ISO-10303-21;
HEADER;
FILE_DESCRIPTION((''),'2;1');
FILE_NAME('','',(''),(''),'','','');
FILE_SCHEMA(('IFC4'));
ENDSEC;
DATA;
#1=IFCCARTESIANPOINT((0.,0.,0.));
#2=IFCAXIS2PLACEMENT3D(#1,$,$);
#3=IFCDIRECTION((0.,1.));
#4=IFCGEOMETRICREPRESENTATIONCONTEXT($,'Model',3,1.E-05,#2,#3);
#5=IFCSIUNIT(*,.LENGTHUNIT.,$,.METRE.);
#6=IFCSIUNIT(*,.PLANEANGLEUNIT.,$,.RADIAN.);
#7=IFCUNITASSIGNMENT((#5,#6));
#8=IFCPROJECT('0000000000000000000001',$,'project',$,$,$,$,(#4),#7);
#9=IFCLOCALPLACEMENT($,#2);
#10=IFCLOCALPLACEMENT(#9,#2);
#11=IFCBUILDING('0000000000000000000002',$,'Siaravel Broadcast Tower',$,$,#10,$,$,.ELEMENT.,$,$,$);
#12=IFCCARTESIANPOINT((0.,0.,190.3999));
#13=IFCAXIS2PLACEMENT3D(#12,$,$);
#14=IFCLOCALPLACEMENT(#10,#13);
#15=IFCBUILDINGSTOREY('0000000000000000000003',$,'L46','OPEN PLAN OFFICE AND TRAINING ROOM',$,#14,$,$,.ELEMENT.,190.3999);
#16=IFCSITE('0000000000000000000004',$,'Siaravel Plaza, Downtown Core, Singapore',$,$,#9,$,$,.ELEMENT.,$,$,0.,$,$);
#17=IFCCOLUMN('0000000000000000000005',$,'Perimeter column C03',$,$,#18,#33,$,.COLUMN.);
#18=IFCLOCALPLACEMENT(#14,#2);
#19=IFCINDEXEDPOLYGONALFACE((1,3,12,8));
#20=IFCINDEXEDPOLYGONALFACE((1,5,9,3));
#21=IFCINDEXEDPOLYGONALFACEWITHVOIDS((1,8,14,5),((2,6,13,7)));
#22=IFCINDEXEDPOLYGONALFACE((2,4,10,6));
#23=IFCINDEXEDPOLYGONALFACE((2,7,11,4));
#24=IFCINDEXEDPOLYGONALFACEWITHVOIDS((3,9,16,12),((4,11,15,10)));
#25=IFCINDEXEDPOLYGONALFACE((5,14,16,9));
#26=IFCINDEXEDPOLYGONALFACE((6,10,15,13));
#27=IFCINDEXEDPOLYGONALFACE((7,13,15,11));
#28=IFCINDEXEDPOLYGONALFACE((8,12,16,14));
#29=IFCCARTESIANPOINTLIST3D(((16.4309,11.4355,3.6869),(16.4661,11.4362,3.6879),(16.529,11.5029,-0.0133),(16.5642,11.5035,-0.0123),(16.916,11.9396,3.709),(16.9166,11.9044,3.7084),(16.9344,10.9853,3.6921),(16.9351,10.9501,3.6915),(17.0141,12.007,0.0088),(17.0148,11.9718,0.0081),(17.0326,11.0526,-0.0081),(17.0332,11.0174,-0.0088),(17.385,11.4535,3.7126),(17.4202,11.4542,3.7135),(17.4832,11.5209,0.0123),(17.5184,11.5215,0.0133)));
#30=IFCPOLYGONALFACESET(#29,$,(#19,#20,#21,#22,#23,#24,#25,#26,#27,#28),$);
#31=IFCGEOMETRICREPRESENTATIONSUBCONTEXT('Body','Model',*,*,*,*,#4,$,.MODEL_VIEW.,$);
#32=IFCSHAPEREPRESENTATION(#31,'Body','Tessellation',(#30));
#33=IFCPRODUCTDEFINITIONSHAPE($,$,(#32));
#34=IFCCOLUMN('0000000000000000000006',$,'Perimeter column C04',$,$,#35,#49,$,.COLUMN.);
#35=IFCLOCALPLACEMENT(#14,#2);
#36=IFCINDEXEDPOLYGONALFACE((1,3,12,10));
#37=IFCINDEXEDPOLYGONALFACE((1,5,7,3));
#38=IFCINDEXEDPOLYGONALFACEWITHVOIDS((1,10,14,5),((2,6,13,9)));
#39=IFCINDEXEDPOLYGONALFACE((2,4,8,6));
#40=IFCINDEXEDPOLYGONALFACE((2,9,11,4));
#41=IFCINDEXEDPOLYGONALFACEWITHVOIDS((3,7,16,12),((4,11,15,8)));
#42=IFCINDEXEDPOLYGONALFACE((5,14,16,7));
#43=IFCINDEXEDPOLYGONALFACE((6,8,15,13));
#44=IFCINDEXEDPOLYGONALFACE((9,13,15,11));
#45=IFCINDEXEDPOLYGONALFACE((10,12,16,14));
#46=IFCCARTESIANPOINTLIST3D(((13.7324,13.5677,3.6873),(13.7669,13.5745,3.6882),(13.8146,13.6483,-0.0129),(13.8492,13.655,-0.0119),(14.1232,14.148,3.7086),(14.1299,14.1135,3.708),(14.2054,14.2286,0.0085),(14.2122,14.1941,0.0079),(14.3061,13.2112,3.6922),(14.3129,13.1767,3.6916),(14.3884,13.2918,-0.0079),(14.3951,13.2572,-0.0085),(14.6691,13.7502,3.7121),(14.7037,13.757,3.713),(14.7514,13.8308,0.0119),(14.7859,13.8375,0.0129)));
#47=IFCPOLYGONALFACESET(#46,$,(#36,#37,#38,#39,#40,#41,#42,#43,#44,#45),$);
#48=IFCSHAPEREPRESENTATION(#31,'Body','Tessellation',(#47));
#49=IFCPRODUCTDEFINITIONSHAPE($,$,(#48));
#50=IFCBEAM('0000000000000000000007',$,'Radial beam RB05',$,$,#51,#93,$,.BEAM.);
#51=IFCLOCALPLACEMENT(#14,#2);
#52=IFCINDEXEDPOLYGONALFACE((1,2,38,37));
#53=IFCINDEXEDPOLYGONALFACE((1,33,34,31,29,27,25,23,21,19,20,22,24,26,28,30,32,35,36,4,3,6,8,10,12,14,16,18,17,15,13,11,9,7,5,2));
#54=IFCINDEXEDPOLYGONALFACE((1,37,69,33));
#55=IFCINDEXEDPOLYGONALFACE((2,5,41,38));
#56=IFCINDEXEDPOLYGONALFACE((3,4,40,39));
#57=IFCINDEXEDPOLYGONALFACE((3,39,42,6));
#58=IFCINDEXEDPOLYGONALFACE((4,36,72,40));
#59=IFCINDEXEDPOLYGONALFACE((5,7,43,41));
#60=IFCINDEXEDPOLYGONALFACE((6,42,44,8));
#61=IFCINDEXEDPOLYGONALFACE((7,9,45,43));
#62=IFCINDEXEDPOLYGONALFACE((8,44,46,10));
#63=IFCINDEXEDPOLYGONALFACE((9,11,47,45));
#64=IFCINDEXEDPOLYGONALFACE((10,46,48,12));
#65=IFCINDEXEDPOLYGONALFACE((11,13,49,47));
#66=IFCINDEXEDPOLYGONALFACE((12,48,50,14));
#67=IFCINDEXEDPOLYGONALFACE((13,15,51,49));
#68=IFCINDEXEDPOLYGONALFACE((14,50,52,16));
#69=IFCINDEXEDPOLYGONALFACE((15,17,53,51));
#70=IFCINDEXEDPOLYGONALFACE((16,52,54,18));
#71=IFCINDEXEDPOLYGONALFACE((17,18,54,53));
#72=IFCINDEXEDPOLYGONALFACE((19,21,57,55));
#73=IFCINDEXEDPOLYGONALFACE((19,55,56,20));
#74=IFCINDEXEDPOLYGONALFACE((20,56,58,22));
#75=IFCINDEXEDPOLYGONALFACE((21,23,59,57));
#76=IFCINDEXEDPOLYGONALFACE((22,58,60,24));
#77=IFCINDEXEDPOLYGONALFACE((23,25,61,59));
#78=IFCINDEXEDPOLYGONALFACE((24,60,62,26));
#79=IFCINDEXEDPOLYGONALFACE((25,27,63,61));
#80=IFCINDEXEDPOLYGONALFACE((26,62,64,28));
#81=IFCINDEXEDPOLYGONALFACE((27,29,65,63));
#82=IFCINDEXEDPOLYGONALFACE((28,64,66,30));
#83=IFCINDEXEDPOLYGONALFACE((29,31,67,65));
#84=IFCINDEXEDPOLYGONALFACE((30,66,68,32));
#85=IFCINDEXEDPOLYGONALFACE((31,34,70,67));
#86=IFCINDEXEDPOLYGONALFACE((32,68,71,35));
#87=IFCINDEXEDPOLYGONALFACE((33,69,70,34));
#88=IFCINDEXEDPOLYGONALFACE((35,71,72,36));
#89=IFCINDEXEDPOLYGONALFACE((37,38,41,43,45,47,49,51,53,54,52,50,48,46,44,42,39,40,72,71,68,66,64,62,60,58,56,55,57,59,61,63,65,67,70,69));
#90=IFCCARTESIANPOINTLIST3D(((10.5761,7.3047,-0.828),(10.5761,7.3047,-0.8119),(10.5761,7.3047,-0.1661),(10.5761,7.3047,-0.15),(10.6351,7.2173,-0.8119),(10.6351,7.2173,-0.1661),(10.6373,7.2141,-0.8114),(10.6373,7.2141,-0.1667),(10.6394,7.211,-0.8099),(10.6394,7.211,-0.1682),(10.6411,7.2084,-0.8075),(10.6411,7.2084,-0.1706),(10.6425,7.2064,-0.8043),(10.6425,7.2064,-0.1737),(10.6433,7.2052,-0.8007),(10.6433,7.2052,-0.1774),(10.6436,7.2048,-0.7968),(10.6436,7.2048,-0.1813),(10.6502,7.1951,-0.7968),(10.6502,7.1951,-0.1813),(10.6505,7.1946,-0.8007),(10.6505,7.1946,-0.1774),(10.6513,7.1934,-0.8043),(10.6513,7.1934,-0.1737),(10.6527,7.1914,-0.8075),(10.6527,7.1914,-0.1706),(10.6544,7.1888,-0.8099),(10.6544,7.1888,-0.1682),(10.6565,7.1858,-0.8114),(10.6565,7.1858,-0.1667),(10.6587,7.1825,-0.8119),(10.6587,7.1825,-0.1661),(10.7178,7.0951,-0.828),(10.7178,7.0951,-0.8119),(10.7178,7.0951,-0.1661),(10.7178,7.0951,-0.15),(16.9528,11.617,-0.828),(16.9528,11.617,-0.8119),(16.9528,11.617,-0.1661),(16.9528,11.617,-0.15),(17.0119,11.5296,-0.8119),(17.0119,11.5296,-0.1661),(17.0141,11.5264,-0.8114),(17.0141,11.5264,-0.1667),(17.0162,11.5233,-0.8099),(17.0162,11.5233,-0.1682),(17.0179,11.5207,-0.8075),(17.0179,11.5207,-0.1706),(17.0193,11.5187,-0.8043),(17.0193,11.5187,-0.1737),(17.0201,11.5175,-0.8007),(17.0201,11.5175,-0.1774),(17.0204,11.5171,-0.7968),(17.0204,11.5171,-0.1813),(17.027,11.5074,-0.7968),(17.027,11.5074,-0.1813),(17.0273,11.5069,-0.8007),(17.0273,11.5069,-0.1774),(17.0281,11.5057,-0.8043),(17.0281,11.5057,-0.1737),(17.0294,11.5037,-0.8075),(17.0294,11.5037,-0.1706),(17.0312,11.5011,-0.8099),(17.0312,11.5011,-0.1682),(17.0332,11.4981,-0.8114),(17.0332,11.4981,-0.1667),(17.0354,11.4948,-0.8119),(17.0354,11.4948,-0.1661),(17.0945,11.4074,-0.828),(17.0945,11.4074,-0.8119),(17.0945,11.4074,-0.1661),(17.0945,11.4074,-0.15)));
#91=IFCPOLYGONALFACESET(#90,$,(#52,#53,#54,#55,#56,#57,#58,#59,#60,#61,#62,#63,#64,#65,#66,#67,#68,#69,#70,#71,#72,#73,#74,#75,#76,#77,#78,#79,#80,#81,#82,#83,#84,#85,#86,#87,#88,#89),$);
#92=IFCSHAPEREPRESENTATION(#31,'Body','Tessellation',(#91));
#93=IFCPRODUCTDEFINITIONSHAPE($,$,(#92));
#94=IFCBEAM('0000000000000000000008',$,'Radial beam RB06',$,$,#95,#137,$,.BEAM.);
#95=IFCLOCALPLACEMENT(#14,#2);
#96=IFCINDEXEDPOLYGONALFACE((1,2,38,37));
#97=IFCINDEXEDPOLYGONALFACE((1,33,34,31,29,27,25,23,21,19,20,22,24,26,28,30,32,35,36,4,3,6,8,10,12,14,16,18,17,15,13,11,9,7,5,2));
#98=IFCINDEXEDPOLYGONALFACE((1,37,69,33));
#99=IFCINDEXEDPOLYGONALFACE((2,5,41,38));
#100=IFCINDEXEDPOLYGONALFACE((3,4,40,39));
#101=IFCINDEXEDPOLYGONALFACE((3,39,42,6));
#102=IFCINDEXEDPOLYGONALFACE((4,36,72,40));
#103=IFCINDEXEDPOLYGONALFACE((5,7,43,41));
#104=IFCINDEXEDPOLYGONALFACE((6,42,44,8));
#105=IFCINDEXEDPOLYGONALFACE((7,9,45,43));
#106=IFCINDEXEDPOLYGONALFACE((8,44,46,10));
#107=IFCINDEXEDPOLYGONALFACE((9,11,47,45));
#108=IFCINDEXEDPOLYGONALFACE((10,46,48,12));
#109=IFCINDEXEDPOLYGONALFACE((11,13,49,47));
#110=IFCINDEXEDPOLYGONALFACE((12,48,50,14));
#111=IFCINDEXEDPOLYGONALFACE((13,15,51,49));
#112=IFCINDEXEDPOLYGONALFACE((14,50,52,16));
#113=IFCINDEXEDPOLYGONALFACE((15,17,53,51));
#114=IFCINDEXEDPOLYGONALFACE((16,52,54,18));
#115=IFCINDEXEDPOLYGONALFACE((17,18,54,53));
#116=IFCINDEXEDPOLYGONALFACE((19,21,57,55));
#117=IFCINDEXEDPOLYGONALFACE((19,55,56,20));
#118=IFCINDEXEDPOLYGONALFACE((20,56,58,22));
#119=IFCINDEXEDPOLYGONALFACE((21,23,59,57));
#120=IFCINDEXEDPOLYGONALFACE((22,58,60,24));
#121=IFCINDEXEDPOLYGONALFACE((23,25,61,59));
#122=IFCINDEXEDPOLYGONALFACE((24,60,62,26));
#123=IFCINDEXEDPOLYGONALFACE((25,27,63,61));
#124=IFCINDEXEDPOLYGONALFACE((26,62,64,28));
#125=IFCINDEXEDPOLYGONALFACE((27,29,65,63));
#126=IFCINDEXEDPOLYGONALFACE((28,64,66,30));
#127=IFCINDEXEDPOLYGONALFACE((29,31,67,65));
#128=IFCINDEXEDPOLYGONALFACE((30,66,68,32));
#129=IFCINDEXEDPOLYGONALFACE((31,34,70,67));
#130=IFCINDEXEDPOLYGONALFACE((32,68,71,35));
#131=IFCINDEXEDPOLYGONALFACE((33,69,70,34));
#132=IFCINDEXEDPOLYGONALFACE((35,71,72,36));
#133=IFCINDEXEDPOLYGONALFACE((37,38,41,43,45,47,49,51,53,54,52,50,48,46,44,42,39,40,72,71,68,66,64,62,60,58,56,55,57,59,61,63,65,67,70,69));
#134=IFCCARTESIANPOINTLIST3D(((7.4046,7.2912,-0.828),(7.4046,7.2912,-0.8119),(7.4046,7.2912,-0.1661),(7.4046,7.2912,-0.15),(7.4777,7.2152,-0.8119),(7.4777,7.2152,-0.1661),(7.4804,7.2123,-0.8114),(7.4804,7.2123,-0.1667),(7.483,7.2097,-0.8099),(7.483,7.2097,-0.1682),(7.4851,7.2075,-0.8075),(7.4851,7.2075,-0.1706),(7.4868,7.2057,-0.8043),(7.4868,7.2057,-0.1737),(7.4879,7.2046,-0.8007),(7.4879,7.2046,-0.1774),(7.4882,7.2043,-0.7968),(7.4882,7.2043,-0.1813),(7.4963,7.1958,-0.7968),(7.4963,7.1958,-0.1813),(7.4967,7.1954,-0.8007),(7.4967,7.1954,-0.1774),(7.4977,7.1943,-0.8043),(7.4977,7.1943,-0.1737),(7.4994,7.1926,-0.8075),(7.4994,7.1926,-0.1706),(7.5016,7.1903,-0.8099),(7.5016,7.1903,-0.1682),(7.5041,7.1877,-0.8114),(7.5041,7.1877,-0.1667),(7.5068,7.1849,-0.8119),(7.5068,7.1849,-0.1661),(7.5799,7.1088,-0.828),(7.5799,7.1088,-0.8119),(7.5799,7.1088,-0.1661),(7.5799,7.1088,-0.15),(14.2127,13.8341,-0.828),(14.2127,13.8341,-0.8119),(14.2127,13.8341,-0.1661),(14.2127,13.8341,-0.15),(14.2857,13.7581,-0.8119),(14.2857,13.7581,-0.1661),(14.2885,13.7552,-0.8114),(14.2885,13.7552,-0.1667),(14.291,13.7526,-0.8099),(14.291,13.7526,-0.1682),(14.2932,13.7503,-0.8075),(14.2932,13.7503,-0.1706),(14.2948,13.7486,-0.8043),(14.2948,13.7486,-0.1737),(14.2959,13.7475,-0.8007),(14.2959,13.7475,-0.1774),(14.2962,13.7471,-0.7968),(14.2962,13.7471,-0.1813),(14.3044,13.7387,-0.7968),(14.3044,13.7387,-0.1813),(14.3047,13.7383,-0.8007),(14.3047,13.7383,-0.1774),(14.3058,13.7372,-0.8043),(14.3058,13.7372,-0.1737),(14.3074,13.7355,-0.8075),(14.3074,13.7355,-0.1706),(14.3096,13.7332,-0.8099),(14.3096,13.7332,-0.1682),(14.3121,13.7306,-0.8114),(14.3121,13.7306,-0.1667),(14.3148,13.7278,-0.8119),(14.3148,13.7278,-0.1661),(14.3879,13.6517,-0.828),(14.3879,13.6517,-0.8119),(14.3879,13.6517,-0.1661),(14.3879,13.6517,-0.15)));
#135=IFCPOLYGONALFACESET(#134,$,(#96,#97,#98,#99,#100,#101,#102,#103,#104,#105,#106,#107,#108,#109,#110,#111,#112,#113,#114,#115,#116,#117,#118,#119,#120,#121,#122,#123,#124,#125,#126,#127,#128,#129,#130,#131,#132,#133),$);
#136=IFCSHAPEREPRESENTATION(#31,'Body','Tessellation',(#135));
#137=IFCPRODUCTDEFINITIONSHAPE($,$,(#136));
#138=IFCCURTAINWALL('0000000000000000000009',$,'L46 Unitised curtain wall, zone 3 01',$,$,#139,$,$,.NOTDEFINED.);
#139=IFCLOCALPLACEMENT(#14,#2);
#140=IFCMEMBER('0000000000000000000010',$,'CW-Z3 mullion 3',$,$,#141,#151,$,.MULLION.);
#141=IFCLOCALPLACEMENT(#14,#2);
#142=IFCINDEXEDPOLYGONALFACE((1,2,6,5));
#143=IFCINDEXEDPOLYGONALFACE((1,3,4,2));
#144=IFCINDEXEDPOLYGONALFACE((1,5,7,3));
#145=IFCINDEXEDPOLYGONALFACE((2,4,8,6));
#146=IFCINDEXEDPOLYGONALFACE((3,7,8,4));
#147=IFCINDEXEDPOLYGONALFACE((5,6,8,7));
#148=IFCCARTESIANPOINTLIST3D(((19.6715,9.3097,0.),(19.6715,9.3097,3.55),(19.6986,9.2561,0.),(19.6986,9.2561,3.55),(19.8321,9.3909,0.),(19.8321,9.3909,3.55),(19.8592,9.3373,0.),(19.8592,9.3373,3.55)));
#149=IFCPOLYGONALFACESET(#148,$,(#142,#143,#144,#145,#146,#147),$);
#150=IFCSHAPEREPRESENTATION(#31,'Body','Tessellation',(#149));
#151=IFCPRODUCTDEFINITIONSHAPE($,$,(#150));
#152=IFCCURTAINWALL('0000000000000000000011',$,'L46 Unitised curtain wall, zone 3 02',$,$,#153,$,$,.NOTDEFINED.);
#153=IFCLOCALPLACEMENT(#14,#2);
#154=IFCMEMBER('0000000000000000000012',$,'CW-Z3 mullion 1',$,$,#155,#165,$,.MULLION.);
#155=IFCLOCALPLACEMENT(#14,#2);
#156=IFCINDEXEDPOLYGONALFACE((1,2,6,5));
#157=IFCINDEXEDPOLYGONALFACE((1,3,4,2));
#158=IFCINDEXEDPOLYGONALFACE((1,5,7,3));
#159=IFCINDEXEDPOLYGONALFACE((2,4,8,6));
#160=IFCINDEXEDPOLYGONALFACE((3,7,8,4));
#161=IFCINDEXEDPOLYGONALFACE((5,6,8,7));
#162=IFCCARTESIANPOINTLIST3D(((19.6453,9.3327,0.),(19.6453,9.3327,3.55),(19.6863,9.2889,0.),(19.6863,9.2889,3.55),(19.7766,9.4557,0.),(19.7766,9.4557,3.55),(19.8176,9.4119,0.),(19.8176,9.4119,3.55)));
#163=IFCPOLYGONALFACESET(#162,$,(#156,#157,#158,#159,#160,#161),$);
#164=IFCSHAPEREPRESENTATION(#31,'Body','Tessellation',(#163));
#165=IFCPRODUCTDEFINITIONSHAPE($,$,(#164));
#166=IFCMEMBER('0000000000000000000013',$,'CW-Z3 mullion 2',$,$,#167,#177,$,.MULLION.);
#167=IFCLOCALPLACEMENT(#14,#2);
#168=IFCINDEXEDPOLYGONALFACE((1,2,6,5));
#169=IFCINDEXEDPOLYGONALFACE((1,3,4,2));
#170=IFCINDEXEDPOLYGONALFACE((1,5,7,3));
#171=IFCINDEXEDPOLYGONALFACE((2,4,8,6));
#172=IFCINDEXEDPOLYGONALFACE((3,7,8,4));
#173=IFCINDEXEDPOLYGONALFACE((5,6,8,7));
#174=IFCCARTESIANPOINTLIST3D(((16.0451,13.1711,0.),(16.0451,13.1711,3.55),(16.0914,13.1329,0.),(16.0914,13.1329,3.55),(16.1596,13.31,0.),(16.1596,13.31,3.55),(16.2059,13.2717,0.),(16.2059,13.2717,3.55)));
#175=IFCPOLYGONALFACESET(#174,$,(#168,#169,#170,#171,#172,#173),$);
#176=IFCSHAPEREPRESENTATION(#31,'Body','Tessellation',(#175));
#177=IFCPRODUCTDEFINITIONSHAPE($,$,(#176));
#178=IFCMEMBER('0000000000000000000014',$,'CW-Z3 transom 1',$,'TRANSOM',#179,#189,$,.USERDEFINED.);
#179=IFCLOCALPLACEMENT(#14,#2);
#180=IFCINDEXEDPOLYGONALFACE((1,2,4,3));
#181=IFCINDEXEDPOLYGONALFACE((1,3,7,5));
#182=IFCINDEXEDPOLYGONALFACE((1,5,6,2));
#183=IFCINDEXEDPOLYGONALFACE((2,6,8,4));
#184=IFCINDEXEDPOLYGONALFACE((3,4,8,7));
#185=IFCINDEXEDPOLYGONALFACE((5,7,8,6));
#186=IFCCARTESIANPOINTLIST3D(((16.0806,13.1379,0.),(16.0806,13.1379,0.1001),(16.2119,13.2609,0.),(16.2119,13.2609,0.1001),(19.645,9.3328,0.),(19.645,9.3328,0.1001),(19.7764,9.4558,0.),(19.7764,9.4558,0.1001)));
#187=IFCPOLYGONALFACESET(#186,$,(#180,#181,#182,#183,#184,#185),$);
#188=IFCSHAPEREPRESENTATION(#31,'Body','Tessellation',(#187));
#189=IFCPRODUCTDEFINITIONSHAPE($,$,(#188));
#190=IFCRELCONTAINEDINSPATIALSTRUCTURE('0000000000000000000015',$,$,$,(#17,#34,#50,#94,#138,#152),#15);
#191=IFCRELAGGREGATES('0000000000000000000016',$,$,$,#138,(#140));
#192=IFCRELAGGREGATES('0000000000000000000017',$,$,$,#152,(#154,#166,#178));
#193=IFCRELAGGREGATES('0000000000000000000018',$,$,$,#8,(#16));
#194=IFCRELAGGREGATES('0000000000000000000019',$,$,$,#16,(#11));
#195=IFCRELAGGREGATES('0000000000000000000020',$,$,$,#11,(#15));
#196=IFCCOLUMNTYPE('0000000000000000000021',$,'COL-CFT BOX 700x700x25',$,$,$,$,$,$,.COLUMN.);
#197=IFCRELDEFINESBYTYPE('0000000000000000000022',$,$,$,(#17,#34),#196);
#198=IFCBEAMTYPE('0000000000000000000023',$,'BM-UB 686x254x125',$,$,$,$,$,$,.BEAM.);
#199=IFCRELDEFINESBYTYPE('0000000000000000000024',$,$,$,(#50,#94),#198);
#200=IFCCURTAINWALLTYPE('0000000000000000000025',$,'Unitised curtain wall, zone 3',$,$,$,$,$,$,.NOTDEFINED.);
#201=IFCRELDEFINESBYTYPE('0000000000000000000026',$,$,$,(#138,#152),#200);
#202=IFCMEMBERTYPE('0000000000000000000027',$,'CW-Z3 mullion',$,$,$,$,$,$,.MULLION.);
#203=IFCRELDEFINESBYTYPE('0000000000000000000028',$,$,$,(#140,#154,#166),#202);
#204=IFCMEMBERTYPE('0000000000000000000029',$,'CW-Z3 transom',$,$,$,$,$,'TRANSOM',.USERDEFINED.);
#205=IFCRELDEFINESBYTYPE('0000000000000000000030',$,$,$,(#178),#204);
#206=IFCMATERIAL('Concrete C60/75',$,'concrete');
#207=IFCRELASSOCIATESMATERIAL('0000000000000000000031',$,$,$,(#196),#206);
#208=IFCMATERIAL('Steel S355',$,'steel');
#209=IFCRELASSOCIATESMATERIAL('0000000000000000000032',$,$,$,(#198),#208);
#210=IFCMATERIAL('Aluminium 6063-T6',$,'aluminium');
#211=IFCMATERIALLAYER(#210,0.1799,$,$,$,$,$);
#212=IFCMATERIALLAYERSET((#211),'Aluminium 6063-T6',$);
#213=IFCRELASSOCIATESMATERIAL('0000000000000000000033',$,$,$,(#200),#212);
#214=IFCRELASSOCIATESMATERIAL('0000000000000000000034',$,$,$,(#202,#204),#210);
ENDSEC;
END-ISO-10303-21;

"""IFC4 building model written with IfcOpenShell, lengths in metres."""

from ifc_helpers import new_model, si_unit, direction, frame, origin, origin_2d, place, context, subcontext, project, spatial, rectangle, hollow_rectangle, i_section, extrude, material, layer, layer_set, material_profile, profile_set, type_object, element, aggregate, save


model = new_model("IFC4")

# Units and contexts
model_context = context("Model", 3, precision=1e-05, world=origin(), true_north=direction((0.0, 1.0)))
body_context = subcontext(model_context, "Body", "Model", "MODEL_VIEW")
ifc_project = project(units=[si_unit("LENGTHUNIT", "METRE"), si_unit("PLANEANGLEUNIT", "RADIAN")], contexts=[model_context])

# Site, building, storey
site_placement = place(None, origin())
site = spatial("IfcSite", under=ifc_project, at=site_placement, Name="Siaravel Plaza, Downtown Core, Singapore", CompositionType="ELEMENT", RefElevation=0.0)
building_placement = place(site_placement, origin())
building = spatial("IfcBuilding", under=site, at=building_placement, Name="Siaravel Broadcast Tower", CompositionType="ELEMENT")
storey_placement = place(building_placement, frame((0.0, 0.0, 190.3999)))
storey = spatial("IfcBuildingStorey", under=building, at=storey_placement, Name="L46", Description="OPEN PLAN OFFICE AND TRAINING ROOM", CompositionType="ELEMENT", Elevation=190.3999)

# Columns
ifc_material_1 = material(Name="Concrete C60/75", Category="concrete")
ifc_material_profile_1 = material_profile(ifc_material_1, hollow_rectangle(XDim=0.7, YDim=0.7, WallThickness=0.0249, at=origin_2d()))
ifc_profile_set_1 = profile_set([ifc_material_profile_1], Name="Concrete C60/75")
column_type = type_object("IfcColumnType", Name="COL-CFT BOX 700x700x25", PredefinedType="COLUMN", material=ifc_profile_set_1)
column_1_placement = place(storey_placement, frame((17.0237, 11.5122, 0.0), z_axis=(-0.02651, -0.018201, 0.999483), x_axis=(0.720395, -0.693534, 0.006478)))
element("IfcColumn", 1, at=column_1_placement, inside=storey, type_object=column_type, Name="Perimeter column C03", PredefinedType="COLUMN", context=body_context, shape_type="SweptSolid", body=[
    extrude(hollow_rectangle(XDim=0.7, YDim=0.7, WallThickness=0.0249, at=origin_2d()), origin(), (0.0, 0.0, 1.0), 3.7021),
])
column_2_placement = place(storey_placement, frame((14.3003, 13.7429, 0.0), z_axis=(-0.022225, -0.021763, 0.999516), x_axis=(0.829326, -0.55873, 0.006275)))
element("IfcColumn", 2, at=column_2_placement, inside=storey, type_object=column_type, Name="Perimeter column C04", PredefinedType="COLUMN", context=body_context, shape_type="SweptSolid", body=[
    extrude(hollow_rectangle(XDim=0.7, YDim=0.7, WallThickness=0.0249, at=origin_2d()), origin(), (0.0, 0.0, 1.0), 3.7019),
])

# Beams
ifc_material_2 = material(Name="Steel S355", Category="steel")
ifc_material_profile_2 = material_profile(ifc_material_2, i_section(OverallWidth=0.2529, OverallDepth=0.678, WebThickness=0.0117, FlangeThickness=0.0161, FilletRadius=0.0151, at=origin_2d()))
ifc_profile_set_2 = profile_set([ifc_material_profile_2], Name="Steel S355")
beam_type = type_object("IfcBeamType", Name="BM-UB 686x254x125", PredefinedType="BEAM", material=ifc_profile_set_2)
beam_1_placement = place(storey_placement, frame((17.0237, 11.5122, -0.489), z_axis=(-0.828368, -0.560185, 0.0), x_axis=(0.560185, -0.828368, 0.0)))
element("IfcBeam", 3, at=beam_1_placement, inside=storey, type_object=beam_type, Name="Radial beam RB05", PredefinedType="BEAM", context=body_context, shape_type="SweptSolid", body=[
    extrude(i_section(OverallWidth=0.2529, OverallDepth=0.678, WebThickness=0.0117, FlangeThickness=0.0161, FilletRadius=0.0151, at=origin_2d()), origin(), (0.0, 0.0, 1.0), 7.698),
])
beam_2_placement = place(storey_placement, frame((14.3003, 13.7429, -0.489), z_axis=(-0.721007, -0.692928, 0.0), x_axis=(0.692928, -0.721007, 0.0)))
element("IfcBeam", 4, at=beam_2_placement, inside=storey, type_object=beam_type, Name="Radial beam RB06", PredefinedType="BEAM", context=body_context, shape_type="SweptSolid", body=[
    extrude(i_section(OverallWidth=0.2529, OverallDepth=0.678, WebThickness=0.0117, FlangeThickness=0.0161, FilletRadius=0.0151, at=origin_2d()), origin(), (0.0, 0.0, 1.0), 9.4424),
])

# Curtain wall, member
ifc_material_3 = material(Name="Aluminium 6063-T6", Category="aluminium")
ifc_layer_1 = layer(ifc_material_3, 0.1799)
ifc_layer_set_1 = layer_set([ifc_layer_1], Name="Aluminium 6063-T6")
curtain_wall_type = type_object("IfcCurtainWallType", Name="Unitised curtain wall, zone 3", PredefinedType="NOTDEFINED", material=ifc_layer_set_1)
curtain_wall_1_placement = place(storey_placement, origin())
curtain_wall_1 = element("IfcCurtainWall", 5, at=curtain_wall_1_placement, inside=storey, type_object=curtain_wall_type, Name="L46 Unitised curtain wall, zone 3 01", PredefinedType="NOTDEFINED")
ifc_material_profile_3 = material_profile(ifc_material_3, rectangle(XDim=0.1799, YDim=0.0601, at=origin_2d()))
ifc_profile_set_3 = profile_set([ifc_material_profile_3], Name="Aluminium 6063-T6")
member_type_1 = type_object("IfcMemberType", Name="CW-Z3 mullion", PredefinedType="MULLION", material=ifc_profile_set_3)
member_1_placement = place(storey_placement, frame((19.7654, 9.3235, 0.0), z_axis=(0.0, 0.0, 1.0), x_axis=(-0.892392, -0.451261, 0.0)))
member_1 = element("IfcMember", 6, at=member_1_placement, type_object=member_type_1, Name="CW-Z3 mullion 3", PredefinedType="MULLION", context=body_context, shape_type="SweptSolid", body=[
    extrude(rectangle(XDim=0.1799, YDim=0.0601, at=origin_2d()), origin(), (0.0, 0.0, 1.0), 3.55),
])
aggregate(curtain_wall_1, [member_1])

# Curtain wall, members
curtain_wall_2_placement = place(storey_placement, origin())
curtain_wall_2 = element("IfcCurtainWall", 7, at=curtain_wall_2_placement, inside=storey, type_object=curtain_wall_type, Name="L46 Unitised curtain wall, zone 3 02", PredefinedType="NOTDEFINED")
member_2_placement = place(storey_placement, frame((19.7314, 9.3723, 0.0), z_axis=(0.0, 0.0, 1.0), x_axis=(-0.729805, -0.683655, 0.0)))
member_2 = element("IfcMember", 8, at=member_2_placement, type_object=member_type_1, Name="CW-Z3 mullion 1", PredefinedType="MULLION", context=body_context, shape_type="SweptSolid", body=[
    extrude(rectangle(XDim=0.1799, YDim=0.0601, at=origin_2d()), origin(), (0.0, 0.0, 1.0), 3.55),
])
member_3_placement = place(storey_placement, frame((16.1255, 13.2214, 0.0), z_axis=(0.0, 0.0, 1.0), x_axis=(-0.636219, -0.771509, 0.0)))
member_3 = element("IfcMember", 9, at=member_3_placement, type_object=member_type_1, Name="CW-Z3 mullion 2", PredefinedType="MULLION", context=body_context, shape_type="SweptSolid", body=[
    extrude(rectangle(XDim=0.1799, YDim=0.0601, at=origin_2d()), origin(), (0.0, 0.0, 1.0), 3.55),
])
ifc_material_profile_4 = material_profile(ifc_material_3, rectangle(XDim=0.1799, YDim=0.1001, at=origin_2d()))
ifc_profile_set_4 = profile_set([ifc_material_profile_4], Name="Aluminium 6063-T6")
member_type_2 = type_object("IfcMemberType", Name="CW-Z3 transom", ElementType="TRANSOM", PredefinedType="USERDEFINED", material=ifc_profile_set_4)
member_4_placement = place(storey_placement, frame((19.7107, 9.3943, 0.05), z_axis=(-0.683645, 0.729815, 0.0), x_axis=(-0.729815, -0.683645, 0.0)))
member_4 = element("IfcMember", 10, at=member_4_placement, type_object=member_type_2, Name="CW-Z3 transom 1", ObjectType="TRANSOM", PredefinedType="USERDEFINED", context=body_context, shape_type="SweptSolid", body=[
    extrude(rectangle(XDim=0.1799, YDim=0.1001, at=origin_2d()), origin(), (0.0, 0.0, 1.0), 5.2139),
])

aggregate(curtain_wall_2, [member_2, member_3, member_4])

save(model, "model.ifc")
